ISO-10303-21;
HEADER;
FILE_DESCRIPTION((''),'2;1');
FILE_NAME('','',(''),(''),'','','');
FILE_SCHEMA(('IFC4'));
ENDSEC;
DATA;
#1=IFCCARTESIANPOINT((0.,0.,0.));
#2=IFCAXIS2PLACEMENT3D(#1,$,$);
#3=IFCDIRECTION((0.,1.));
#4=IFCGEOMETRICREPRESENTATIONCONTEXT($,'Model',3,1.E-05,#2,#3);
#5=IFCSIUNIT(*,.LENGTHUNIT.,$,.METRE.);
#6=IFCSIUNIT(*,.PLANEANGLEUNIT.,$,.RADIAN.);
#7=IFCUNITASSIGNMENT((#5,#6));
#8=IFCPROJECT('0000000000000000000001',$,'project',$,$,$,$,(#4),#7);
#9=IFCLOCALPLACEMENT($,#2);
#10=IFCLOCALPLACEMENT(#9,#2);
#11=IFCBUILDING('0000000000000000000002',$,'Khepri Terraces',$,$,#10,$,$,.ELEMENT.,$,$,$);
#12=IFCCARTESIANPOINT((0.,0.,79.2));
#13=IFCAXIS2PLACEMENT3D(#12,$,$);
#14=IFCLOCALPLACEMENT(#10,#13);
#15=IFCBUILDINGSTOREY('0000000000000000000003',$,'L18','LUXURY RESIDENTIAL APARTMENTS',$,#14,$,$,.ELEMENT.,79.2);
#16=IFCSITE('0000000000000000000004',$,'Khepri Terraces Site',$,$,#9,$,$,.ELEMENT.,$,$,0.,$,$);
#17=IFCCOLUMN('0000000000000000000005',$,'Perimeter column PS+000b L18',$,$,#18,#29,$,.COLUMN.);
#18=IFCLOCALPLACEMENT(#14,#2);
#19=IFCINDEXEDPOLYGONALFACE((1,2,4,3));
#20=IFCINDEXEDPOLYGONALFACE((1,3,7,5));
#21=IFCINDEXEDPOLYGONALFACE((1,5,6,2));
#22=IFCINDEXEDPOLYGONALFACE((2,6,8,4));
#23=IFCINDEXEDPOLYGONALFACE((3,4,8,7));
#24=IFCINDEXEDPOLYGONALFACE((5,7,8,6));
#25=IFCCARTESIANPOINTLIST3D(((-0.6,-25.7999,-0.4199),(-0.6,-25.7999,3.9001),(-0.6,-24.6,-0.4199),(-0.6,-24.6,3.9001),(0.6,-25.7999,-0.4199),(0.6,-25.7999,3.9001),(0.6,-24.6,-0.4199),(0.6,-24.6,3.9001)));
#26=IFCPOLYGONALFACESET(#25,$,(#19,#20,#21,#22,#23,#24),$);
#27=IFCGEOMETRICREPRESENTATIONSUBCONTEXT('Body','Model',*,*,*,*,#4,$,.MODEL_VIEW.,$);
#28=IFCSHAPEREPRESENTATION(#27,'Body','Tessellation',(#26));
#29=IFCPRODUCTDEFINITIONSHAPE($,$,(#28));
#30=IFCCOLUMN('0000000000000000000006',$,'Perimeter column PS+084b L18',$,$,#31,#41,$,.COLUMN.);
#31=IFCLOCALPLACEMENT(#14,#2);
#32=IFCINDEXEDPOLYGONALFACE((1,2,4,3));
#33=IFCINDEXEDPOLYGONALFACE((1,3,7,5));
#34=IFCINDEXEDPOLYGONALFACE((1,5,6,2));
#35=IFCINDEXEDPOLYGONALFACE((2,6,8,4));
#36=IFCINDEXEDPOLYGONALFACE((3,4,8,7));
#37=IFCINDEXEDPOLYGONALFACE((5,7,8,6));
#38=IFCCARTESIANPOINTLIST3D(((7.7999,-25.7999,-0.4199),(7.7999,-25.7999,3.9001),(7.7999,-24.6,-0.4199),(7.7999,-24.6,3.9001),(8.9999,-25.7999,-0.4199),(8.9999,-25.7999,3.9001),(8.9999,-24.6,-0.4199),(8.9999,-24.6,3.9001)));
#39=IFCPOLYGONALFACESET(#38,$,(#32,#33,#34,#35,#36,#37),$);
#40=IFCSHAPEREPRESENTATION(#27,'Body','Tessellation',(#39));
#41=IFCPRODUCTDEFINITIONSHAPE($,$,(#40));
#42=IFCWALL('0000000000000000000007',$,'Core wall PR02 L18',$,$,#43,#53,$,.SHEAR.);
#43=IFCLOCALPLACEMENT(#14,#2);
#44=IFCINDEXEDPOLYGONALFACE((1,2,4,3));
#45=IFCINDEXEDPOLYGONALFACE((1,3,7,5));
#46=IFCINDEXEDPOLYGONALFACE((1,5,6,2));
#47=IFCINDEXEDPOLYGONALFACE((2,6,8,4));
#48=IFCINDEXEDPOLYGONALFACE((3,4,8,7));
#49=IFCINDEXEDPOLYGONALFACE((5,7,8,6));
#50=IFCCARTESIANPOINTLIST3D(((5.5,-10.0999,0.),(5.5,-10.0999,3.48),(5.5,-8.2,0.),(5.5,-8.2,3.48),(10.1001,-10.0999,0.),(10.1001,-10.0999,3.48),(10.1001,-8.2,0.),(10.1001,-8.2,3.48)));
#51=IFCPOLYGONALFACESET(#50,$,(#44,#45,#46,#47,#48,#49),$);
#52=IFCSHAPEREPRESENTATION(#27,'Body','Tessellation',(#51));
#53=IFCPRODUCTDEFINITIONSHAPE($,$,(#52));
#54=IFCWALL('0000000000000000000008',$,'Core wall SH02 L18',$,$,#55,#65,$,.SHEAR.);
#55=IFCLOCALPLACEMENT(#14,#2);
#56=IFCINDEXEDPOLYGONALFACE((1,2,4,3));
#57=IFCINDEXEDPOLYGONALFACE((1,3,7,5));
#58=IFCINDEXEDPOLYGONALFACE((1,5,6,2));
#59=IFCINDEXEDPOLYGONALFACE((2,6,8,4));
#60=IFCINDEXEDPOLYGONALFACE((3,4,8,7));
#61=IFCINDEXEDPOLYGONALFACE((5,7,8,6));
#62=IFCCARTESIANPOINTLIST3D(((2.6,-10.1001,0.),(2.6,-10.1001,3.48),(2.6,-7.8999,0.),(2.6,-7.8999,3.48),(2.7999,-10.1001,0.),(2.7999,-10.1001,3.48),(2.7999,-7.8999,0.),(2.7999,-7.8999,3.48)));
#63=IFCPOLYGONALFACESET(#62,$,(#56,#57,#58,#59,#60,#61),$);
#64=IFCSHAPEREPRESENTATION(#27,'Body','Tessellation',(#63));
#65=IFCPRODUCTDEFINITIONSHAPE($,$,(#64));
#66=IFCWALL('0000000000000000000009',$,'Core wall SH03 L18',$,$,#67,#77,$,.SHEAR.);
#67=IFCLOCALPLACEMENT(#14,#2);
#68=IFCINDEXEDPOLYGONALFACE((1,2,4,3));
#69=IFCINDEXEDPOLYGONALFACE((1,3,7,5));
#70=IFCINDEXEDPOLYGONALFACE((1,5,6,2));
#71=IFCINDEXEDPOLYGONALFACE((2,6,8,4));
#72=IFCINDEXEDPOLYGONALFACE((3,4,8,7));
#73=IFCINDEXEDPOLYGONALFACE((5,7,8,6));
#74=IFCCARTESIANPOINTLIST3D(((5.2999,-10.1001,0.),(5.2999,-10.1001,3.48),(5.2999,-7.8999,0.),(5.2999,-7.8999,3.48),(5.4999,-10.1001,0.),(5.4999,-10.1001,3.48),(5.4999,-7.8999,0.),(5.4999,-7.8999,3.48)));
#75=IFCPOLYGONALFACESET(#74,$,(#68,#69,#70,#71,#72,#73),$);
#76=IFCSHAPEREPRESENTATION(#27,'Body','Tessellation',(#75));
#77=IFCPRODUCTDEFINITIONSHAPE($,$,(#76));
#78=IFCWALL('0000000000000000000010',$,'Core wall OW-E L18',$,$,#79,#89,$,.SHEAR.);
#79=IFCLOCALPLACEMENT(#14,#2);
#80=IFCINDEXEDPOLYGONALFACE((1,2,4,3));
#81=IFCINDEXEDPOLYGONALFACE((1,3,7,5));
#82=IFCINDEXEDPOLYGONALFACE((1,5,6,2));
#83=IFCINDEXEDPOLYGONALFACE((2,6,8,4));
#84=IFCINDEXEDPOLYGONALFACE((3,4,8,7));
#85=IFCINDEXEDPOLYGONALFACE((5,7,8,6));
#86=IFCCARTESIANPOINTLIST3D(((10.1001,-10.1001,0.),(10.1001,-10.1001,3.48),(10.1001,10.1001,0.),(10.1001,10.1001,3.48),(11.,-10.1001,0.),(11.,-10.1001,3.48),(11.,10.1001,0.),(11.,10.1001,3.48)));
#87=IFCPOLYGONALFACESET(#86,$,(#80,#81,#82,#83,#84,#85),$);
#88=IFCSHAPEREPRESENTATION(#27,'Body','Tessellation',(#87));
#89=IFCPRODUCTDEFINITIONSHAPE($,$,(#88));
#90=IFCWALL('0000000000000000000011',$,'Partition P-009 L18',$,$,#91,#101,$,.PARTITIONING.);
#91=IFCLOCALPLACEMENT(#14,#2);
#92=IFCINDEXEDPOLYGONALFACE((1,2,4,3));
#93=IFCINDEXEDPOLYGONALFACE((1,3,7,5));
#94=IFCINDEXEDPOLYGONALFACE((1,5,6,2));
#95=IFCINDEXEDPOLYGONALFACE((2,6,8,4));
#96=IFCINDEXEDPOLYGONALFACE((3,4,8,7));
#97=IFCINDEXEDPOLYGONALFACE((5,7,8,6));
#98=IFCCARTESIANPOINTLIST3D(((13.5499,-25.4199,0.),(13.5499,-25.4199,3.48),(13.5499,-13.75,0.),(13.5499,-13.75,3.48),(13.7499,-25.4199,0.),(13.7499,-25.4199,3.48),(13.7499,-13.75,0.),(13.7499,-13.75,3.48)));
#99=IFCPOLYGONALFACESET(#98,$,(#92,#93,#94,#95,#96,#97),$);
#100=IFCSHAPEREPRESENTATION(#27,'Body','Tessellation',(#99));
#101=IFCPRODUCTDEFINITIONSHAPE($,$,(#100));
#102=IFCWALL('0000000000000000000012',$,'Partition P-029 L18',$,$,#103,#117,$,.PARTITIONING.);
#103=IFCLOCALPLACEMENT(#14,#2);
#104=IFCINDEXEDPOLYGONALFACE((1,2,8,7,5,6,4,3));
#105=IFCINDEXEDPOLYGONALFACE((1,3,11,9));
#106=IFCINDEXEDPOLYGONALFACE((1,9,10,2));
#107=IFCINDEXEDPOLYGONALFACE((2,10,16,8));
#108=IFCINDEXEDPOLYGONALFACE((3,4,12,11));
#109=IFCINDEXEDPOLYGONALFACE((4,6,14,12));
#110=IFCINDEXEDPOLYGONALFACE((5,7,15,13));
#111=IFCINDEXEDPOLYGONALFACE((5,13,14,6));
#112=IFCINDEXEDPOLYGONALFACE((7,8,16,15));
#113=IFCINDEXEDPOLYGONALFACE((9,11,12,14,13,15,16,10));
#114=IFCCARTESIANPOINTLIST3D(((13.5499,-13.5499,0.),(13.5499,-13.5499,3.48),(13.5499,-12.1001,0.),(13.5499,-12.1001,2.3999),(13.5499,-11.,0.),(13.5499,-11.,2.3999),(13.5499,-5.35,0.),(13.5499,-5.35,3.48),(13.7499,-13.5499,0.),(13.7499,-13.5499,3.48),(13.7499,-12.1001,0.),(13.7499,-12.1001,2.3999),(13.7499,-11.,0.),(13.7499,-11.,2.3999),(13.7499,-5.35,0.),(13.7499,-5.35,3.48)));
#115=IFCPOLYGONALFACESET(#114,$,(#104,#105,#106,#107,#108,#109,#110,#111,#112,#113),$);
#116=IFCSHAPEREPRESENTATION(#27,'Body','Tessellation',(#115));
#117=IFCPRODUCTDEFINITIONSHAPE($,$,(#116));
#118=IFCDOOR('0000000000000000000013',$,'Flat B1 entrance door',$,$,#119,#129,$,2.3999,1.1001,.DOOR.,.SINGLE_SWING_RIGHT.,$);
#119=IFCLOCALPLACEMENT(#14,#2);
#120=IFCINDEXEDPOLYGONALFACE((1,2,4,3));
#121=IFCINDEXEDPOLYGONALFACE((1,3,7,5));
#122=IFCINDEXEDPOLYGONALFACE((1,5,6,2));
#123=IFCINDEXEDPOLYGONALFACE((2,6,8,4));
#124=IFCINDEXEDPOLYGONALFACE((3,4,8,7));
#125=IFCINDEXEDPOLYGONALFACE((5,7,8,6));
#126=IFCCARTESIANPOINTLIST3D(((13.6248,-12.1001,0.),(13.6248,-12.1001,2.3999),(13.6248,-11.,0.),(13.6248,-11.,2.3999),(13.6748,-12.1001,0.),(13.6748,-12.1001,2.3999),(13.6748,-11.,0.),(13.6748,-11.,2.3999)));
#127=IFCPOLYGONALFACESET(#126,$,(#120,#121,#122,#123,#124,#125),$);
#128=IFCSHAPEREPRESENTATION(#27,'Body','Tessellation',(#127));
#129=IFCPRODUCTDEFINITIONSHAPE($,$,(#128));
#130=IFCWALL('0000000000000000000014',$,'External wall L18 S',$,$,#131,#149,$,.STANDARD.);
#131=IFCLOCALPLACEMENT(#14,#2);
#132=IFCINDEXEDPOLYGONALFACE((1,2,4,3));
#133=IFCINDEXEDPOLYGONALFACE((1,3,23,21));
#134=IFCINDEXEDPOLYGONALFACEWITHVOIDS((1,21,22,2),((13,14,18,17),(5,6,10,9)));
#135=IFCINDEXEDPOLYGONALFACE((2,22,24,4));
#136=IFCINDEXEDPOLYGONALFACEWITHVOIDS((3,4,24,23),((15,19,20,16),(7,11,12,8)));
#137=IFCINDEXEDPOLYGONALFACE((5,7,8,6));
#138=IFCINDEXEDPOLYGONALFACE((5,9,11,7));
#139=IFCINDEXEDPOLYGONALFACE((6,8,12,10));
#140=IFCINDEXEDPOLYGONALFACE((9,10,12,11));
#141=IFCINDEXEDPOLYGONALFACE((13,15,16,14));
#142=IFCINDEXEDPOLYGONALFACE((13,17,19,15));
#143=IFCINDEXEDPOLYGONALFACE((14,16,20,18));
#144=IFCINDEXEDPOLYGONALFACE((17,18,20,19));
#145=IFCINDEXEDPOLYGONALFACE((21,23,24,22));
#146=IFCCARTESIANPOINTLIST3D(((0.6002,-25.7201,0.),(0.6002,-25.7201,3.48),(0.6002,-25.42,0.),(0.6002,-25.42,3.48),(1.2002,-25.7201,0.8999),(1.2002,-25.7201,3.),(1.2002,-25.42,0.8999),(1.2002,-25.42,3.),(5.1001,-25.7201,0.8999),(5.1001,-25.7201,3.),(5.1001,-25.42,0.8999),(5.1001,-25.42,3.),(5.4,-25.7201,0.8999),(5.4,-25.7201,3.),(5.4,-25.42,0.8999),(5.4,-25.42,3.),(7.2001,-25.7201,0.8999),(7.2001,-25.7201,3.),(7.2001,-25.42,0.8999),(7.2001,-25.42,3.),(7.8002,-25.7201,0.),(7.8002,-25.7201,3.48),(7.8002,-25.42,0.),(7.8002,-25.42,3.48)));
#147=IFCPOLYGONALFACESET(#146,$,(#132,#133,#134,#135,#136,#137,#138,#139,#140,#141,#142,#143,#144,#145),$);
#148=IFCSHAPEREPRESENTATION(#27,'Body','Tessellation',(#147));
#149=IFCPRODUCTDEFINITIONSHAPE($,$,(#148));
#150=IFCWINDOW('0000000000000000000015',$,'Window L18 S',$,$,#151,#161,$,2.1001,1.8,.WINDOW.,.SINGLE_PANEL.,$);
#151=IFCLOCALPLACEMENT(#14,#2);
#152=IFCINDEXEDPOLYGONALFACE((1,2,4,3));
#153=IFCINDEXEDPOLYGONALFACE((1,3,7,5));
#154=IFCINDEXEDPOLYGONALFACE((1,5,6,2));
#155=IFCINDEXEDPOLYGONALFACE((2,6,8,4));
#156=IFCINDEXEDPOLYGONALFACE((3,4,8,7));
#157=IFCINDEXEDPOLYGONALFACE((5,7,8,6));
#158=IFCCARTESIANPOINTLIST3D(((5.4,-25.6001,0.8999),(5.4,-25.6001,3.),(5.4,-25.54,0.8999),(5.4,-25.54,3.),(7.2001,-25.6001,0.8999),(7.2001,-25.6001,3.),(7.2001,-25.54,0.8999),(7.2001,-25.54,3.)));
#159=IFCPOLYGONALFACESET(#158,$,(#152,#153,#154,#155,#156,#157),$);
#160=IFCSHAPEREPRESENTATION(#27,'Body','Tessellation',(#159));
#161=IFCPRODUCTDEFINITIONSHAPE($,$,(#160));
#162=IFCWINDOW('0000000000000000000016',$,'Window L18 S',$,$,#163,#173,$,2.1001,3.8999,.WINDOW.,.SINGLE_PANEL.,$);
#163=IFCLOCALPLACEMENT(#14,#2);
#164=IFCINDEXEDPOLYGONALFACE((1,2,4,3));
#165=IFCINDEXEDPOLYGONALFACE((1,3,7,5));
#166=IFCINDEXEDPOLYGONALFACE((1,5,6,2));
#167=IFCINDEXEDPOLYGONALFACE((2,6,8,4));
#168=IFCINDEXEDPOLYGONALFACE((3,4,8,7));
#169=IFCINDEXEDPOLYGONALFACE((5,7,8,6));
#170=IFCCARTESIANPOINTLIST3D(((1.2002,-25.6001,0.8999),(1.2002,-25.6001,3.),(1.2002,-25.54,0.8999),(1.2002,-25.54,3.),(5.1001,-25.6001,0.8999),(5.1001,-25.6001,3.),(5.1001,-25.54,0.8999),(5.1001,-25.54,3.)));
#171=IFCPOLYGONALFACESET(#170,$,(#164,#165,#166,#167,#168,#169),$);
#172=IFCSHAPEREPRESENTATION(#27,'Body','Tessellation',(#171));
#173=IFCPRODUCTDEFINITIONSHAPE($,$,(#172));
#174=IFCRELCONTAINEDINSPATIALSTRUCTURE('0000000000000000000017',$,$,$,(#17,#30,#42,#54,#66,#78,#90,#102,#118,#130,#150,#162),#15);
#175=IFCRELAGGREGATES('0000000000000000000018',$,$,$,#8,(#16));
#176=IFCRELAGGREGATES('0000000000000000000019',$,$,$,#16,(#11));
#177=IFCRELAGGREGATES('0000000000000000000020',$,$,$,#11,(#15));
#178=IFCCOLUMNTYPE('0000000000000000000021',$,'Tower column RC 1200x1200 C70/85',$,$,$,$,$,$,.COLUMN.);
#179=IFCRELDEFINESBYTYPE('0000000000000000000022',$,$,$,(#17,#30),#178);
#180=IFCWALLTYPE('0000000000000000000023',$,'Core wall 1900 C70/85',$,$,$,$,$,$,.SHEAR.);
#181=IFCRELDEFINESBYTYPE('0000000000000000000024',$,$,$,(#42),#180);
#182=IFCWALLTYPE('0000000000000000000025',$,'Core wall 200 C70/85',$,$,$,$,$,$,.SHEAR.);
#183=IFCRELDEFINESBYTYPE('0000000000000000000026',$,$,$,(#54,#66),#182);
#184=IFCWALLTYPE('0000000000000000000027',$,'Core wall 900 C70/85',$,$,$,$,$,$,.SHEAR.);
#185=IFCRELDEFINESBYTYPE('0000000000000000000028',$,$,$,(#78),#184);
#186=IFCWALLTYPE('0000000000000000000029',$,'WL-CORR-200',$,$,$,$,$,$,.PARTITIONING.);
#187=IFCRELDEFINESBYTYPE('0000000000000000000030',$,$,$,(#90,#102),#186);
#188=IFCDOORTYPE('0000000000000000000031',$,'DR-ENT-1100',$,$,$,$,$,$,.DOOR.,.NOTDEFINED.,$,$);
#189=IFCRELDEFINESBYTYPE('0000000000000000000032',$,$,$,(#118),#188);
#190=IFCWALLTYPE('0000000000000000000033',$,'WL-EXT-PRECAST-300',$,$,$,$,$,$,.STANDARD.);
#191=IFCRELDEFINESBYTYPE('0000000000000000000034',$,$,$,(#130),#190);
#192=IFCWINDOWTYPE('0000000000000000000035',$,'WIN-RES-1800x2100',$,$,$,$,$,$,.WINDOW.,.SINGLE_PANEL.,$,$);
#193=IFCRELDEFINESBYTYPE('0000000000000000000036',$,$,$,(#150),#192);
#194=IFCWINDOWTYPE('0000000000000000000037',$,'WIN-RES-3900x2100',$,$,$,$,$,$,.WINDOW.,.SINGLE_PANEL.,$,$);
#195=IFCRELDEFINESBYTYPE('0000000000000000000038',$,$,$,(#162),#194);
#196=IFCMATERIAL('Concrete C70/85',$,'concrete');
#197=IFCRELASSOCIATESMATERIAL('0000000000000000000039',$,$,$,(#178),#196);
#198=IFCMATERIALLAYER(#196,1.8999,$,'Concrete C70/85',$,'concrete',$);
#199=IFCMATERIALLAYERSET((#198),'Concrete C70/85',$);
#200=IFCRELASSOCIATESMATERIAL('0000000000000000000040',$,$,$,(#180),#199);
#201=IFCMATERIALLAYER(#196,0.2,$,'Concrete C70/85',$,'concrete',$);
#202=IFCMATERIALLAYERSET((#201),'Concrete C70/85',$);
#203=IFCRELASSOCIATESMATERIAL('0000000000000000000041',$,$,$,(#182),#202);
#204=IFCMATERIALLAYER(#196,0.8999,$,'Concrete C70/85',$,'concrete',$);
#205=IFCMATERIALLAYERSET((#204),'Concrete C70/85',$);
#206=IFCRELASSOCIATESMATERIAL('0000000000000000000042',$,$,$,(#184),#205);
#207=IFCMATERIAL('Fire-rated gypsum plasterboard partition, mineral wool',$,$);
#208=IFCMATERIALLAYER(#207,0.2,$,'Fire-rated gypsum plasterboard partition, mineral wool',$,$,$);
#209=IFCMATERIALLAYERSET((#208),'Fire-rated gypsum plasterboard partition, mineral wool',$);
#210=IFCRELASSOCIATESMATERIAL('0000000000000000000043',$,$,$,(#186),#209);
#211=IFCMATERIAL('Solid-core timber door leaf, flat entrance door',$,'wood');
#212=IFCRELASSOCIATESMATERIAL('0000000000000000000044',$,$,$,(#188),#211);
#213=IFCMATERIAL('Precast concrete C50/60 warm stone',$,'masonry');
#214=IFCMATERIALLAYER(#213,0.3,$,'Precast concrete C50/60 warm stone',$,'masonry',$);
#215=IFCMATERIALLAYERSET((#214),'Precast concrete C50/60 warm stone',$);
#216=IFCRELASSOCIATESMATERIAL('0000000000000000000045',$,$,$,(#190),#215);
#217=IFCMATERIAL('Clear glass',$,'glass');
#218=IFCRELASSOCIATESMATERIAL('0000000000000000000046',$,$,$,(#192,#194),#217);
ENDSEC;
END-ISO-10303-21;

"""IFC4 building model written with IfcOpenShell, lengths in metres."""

from ifc_helpers import new_model, si_unit, direction, frame, frame_2d, origin, origin_2d, place, context, subcontext, project, spatial, rectangle, extrude, material, layer, layer_set, material_profile, profile_set, type_object, element, fill, save


model = new_model("IFC4")

# Units and contexts
model_context = context("Model", 3, precision=1e-05, world=origin(), true_north=direction((0.0, 1.0)))
body_context = subcontext(model_context, "Body", "Model", "MODEL_VIEW")
ifc_project = project(units=[si_unit("LENGTHUNIT", "METRE"), si_unit("PLANEANGLEUNIT", "RADIAN")], contexts=[model_context])

# Site, building, storey
site_placement = place(None, origin())
site = spatial("IfcSite", under=ifc_project, at=site_placement, Name="Khepri Terraces Site", CompositionType="ELEMENT", RefElevation=0.0)
building_placement = place(site_placement, origin())
building = spatial("IfcBuilding", under=site, at=building_placement, Name="Khepri Terraces", CompositionType="ELEMENT")
storey_placement = place(building_placement, frame((0.0, 0.0, 79.2)))
storey = spatial("IfcBuildingStorey", under=building, at=storey_placement, Name="L18", Description="LUXURY RESIDENTIAL APARTMENTS", CompositionType="ELEMENT", Elevation=79.2)

# Columns
ifc_material_1 = material(Name="Concrete C70/85", Category="concrete")
ifc_material_profile = material_profile(ifc_material_1, rectangle(XDim=1.2, YDim=1.2, at=origin_2d()), Name="Concrete C70/85", Category="concrete")
ifc_profile_set = profile_set([ifc_material_profile], Name="Concrete C70/85")
column_type = type_object("IfcColumnType", Name="Tower column RC 1200x1200 C70/85", PredefinedType="COLUMN", material=ifc_profile_set)
for number, where, z_axis, x_axis, name in (
    (1, (0.0, -25.2, -0.4199), (0.0, 0.0, 1.0), (1.0, 0.0, 0.0), "Perimeter column PS+000b L18"),
    (2, (8.3999, -25.2, -0.4199), (0.0, 0.0, 1.0), (1.0, 0.0, 0.0), "Perimeter column PS+084b L18"),
):
    element("IfcColumn", number, at=place(storey_placement, frame(where, z_axis=z_axis, x_axis=x_axis)), inside=storey, type_object=column_type, Name=name, PredefinedType="COLUMN", context=body_context, shape_type="SweptSolid", body=[
        extrude(rectangle(XDim=1.2, YDim=1.2, at=origin_2d()), origin(), (0.0, 0.0, 1.0), 4.3201),
    ])

# Walls
ifc_layer_1 = layer(ifc_material_1, 1.8999, Name="Concrete C70/85", Category="concrete")
ifc_layer_set_1 = layer_set([ifc_layer_1], Name="Concrete C70/85")
wall_type_1 = type_object("IfcWallType", Name="Core wall 1900 C70/85", PredefinedType="SHEAR", material=ifc_layer_set_1)
wall_1_placement = place(storey_placement, frame((5.5, -9.1499, 0.0), z_axis=(0.0, 0.0, 1.0), x_axis=(1.0, 0.0, 0.0)))
element("IfcWall", 3, at=wall_1_placement, inside=storey, type_object=wall_type_1, Name="Core wall PR02 L18", PredefinedType="SHEAR", context=body_context, shape_type="SweptSolid", body=[
    extrude(rectangle(XDim=4.6001, YDim=1.8999, at=frame_2d((2.3, 0.0))), origin(), (0.0, 0.0, 1.0), 3.48),
])
ifc_layer_2 = layer(ifc_material_1, 0.2, Name="Concrete C70/85", Category="concrete")
ifc_layer_set_2 = layer_set([ifc_layer_2], Name="Concrete C70/85")
wall_type_2 = type_object("IfcWallType", Name="Core wall 200 C70/85", PredefinedType="SHEAR", material=ifc_layer_set_2)
for number, where, z_axis, x_axis, name in (
    (4, (2.7, -10.1001, 0.0), (0.0, 0.0, 1.0), (0.0, 1.0, 0.0), "Core wall SH02 L18"),
    (5, (5.3999, -10.1001, 0.0), (0.0, 0.0, 1.0), (0.0, 1.0, 0.0), "Core wall SH03 L18"),
):
    element("IfcWall", number, at=place(storey_placement, frame(where, z_axis=z_axis, x_axis=x_axis)), inside=storey, type_object=wall_type_2, Name=name, PredefinedType="SHEAR", context=body_context, shape_type="SweptSolid", body=[
        extrude(rectangle(XDim=2.2002, YDim=0.2, at=frame_2d((1.1001, 0.0))), origin(), (0.0, 0.0, 1.0), 3.48),
    ])
ifc_layer_3 = layer(ifc_material_1, 0.8999, Name="Concrete C70/85", Category="concrete")
ifc_layer_set_3 = layer_set([ifc_layer_3], Name="Concrete C70/85")
wall_type_3 = type_object("IfcWallType", Name="Core wall 900 C70/85", PredefinedType="SHEAR", material=ifc_layer_set_3)
wall_2_placement = place(storey_placement, frame((10.55, -10.1001, 0.0), z_axis=(0.0, 0.0, 1.0), x_axis=(0.0, 1.0, 0.0)))
element("IfcWall", 6, at=wall_2_placement, inside=storey, type_object=wall_type_3, Name="Core wall OW-E L18", PredefinedType="SHEAR", context=body_context, shape_type="SweptSolid", body=[
    extrude(rectangle(XDim=20.2002, YDim=0.8999, at=frame_2d((10.1001, 0.0))), origin(), (0.0, 0.0, 1.0), 3.48),
])
ifc_material_2 = material(Name="Fire-rated gypsum plasterboard partition, mineral wool")
ifc_layer_4 = layer(ifc_material_2, 0.2, Name="Fire-rated gypsum plasterboard partition, mineral wool")
ifc_layer_set_4 = layer_set([ifc_layer_4], Name="Fire-rated gypsum plasterboard partition, mineral wool")
wall_type_4 = type_object("IfcWallType", Name="WL-CORR-200", PredefinedType="PARTITIONING", material=ifc_layer_set_4)
wall_3_placement = place(storey_placement, frame((13.6499, -25.4199, 0.0), z_axis=(0.0, 0.0, 1.0), x_axis=(0.0, 1.0, 0.0)))
element("IfcWall", 7, at=wall_3_placement, inside=storey, type_object=wall_type_4, Name="Partition P-009 L18", PredefinedType="PARTITIONING", context=body_context, shape_type="SweptSolid", body=[
    extrude(rectangle(XDim=11.6699, YDim=0.2, at=frame_2d((5.835, 0.0))), origin(), (0.0, 0.0, 1.0), 3.48),
])

# Wall, opening, door
wall_4_placement = place(storey_placement, frame((13.6499, -13.55, 0.0), z_axis=(0.0, 0.0, 1.0), x_axis=(0.0, 1.0, 0.0)))
wall_4 = element("IfcWall", 8, at=wall_4_placement, inside=storey, type_object=wall_type_4, Name="Partition P-029 L18", PredefinedType="PARTITIONING", context=body_context, shape_type="SweptSolid", body=[
    extrude(rectangle(XDim=8.2, YDim=0.2, at=frame_2d((4.1001, 0.0))), origin(), (0.0, 0.0, 1.0), 3.48),
])
opening_1_placement = place(wall_4_placement, frame((1.45, 0.0, 0.0)))
opening_1 = element("IfcOpeningElement", 9, at=opening_1_placement, cuts=wall_4, PredefinedType="OPENING", context=body_context, shape_type="SweptSolid", body=[
    extrude(rectangle(XDim=1.1001, YDim=2.3999, at=frame_2d((0.55, 1.2))), frame((0.0, 0.1099, 0.0), z_axis=(0.0, -1.0, 0.0), x_axis=(1.0, 0.0, 0.0)), (0.0, 0.0, 1.0), 0.22),
])
ifc_material_3 = material(Name="Solid-core timber door leaf, flat entrance door", Category="wood")
door_type_1 = type_object("IfcDoorType", Name="DR-ENT-1100", OperationType="NOTDEFINED", PredefinedType="DOOR", material=ifc_material_3)
door_1_placement = place(opening_1_placement, frame((1.1001, 0.0, 0.0), z_axis=(0.0, 0.0, 1.0), x_axis=(-1.0, 0.0, 0.0)))
door_1 = element("IfcDoor", 10, at=door_1_placement, inside=storey, type_object=door_type_1, Name="Flat B1 entrance door", OperationType="SINGLE_SWING_RIGHT", OverallHeight=2.3999, OverallWidth=1.1001, PredefinedType="DOOR", context=body_context, shape_type="SweptSolid", body=[
    extrude(rectangle(XDim=1.1001, YDim=2.3999, at=frame_2d((0.55, 1.2))), frame((0.0, 0.0249, 0.0), z_axis=(0.0, -1.0, 0.0), x_axis=(1.0, 0.0, 0.0)), (0.0, 0.0, 1.0), 0.05),
])
fill(opening_1, door_1)

# Wall, openings, windows
ifc_material_4 = material(Name="Precast concrete C50/60 warm stone", Category="masonry")
ifc_layer_5 = layer(ifc_material_4, 0.3, Name="Precast concrete C50/60 warm stone", Category="masonry")
ifc_layer_set_5 = layer_set([ifc_layer_5], Name="Precast concrete C50/60 warm stone")
wall_type_5 = type_object("IfcWallType", Name="WL-EXT-PRECAST-300", PredefinedType="STANDARD", material=ifc_layer_set_5)
wall_5_placement = place(storey_placement, frame((0.6001, -25.5701, 0.0), z_axis=(0.0, 0.0, 1.0), x_axis=(1.0, 0.0, 0.0)))
wall_5 = element("IfcWall", 11, at=wall_5_placement, inside=storey, type_object=wall_type_5, Name="External wall L18 S", PredefinedType="STANDARD", context=body_context, shape_type="SweptSolid", body=[
    extrude(rectangle(XDim=7.2, YDim=0.3, at=frame_2d((3.6001, 0.0))), origin(), (0.0, 0.0, 1.0), 3.48),
])
opening_2_placement = place(wall_5_placement, frame((0.6001, 0.0, 0.8999)))
opening_2 = element("IfcOpeningElement", 12, at=opening_2_placement, cuts=wall_5, PredefinedType="OPENING", context=body_context, shape_type="SweptSolid", body=[
    extrude(rectangle(XDim=3.8999, YDim=2.1001, at=frame_2d((1.95, 1.05))), frame((0.0, 0.1602, 0.0), z_axis=(0.0, -1.0, 0.0), x_axis=(1.0, 0.0, 0.0)), (0.0, 0.0, 1.0), 0.3201),
])
opening_3_placement = place(wall_5_placement, frame((4.8, 0.0, 0.8999)))
opening_3 = element("IfcOpeningElement", 13, at=opening_3_placement, cuts=wall_5, PredefinedType="OPENING", context=body_context, shape_type="SweptSolid", body=[
    extrude(rectangle(XDim=1.8, YDim=2.1001, at=frame_2d((0.8999, 1.05))), frame((0.0, 0.1602, 0.0), z_axis=(0.0, -1.0, 0.0), x_axis=(1.0, 0.0, 0.0)), (0.0, 0.0, 1.0), 0.3201),
])
ifc_material_5 = material(Name="Clear glass", Category="glass")
window_type_1 = type_object("IfcWindowType", Name="WIN-RES-1800x2100", PartitioningType="SINGLE_PANEL", PredefinedType="WINDOW", material=ifc_material_5)
window_1_placement = place(opening_3_placement, origin())
window_1 = element("IfcWindow", 14, at=window_1_placement, inside=storey, type_object=window_type_1, Name="Window L18 S", OverallHeight=2.1001, OverallWidth=1.8, PartitioningType="SINGLE_PANEL", PredefinedType="WINDOW", context=body_context, shape_type="SweptSolid", body=[
    extrude(rectangle(XDim=1.8, YDim=2.1001, at=frame_2d((0.8999, 1.05))), frame((0.0, 0.03, 0.0), z_axis=(0.0, -1.0, 0.0), x_axis=(1.0, 0.0, 0.0)), (0.0, 0.0, 1.0), 0.0601),
])
fill(opening_3, window_1)
window_type_2 = type_object("IfcWindowType", Name="WIN-RES-3900x2100", PartitioningType="SINGLE_PANEL", PredefinedType="WINDOW", material=ifc_material_5)
window_2_placement = place(opening_2_placement, origin())
window_2 = element("IfcWindow", 15, at=window_2_placement, inside=storey, type_object=window_type_2, Name="Window L18 S", OverallHeight=2.1001, OverallWidth=3.8999, PartitioningType="SINGLE_PANEL", PredefinedType="WINDOW", context=body_context, shape_type="SweptSolid", body=[
    extrude(rectangle(XDim=3.8999, YDim=2.1001, at=frame_2d((1.95, 1.05))), frame((0.0, 0.03, 0.0), z_axis=(0.0, -1.0, 0.0), x_axis=(1.0, 0.0, 0.0)), (0.0, 0.0, 1.0), 0.0601),
])
fill(opening_2, window_2)

save(model, "model.ifc")
